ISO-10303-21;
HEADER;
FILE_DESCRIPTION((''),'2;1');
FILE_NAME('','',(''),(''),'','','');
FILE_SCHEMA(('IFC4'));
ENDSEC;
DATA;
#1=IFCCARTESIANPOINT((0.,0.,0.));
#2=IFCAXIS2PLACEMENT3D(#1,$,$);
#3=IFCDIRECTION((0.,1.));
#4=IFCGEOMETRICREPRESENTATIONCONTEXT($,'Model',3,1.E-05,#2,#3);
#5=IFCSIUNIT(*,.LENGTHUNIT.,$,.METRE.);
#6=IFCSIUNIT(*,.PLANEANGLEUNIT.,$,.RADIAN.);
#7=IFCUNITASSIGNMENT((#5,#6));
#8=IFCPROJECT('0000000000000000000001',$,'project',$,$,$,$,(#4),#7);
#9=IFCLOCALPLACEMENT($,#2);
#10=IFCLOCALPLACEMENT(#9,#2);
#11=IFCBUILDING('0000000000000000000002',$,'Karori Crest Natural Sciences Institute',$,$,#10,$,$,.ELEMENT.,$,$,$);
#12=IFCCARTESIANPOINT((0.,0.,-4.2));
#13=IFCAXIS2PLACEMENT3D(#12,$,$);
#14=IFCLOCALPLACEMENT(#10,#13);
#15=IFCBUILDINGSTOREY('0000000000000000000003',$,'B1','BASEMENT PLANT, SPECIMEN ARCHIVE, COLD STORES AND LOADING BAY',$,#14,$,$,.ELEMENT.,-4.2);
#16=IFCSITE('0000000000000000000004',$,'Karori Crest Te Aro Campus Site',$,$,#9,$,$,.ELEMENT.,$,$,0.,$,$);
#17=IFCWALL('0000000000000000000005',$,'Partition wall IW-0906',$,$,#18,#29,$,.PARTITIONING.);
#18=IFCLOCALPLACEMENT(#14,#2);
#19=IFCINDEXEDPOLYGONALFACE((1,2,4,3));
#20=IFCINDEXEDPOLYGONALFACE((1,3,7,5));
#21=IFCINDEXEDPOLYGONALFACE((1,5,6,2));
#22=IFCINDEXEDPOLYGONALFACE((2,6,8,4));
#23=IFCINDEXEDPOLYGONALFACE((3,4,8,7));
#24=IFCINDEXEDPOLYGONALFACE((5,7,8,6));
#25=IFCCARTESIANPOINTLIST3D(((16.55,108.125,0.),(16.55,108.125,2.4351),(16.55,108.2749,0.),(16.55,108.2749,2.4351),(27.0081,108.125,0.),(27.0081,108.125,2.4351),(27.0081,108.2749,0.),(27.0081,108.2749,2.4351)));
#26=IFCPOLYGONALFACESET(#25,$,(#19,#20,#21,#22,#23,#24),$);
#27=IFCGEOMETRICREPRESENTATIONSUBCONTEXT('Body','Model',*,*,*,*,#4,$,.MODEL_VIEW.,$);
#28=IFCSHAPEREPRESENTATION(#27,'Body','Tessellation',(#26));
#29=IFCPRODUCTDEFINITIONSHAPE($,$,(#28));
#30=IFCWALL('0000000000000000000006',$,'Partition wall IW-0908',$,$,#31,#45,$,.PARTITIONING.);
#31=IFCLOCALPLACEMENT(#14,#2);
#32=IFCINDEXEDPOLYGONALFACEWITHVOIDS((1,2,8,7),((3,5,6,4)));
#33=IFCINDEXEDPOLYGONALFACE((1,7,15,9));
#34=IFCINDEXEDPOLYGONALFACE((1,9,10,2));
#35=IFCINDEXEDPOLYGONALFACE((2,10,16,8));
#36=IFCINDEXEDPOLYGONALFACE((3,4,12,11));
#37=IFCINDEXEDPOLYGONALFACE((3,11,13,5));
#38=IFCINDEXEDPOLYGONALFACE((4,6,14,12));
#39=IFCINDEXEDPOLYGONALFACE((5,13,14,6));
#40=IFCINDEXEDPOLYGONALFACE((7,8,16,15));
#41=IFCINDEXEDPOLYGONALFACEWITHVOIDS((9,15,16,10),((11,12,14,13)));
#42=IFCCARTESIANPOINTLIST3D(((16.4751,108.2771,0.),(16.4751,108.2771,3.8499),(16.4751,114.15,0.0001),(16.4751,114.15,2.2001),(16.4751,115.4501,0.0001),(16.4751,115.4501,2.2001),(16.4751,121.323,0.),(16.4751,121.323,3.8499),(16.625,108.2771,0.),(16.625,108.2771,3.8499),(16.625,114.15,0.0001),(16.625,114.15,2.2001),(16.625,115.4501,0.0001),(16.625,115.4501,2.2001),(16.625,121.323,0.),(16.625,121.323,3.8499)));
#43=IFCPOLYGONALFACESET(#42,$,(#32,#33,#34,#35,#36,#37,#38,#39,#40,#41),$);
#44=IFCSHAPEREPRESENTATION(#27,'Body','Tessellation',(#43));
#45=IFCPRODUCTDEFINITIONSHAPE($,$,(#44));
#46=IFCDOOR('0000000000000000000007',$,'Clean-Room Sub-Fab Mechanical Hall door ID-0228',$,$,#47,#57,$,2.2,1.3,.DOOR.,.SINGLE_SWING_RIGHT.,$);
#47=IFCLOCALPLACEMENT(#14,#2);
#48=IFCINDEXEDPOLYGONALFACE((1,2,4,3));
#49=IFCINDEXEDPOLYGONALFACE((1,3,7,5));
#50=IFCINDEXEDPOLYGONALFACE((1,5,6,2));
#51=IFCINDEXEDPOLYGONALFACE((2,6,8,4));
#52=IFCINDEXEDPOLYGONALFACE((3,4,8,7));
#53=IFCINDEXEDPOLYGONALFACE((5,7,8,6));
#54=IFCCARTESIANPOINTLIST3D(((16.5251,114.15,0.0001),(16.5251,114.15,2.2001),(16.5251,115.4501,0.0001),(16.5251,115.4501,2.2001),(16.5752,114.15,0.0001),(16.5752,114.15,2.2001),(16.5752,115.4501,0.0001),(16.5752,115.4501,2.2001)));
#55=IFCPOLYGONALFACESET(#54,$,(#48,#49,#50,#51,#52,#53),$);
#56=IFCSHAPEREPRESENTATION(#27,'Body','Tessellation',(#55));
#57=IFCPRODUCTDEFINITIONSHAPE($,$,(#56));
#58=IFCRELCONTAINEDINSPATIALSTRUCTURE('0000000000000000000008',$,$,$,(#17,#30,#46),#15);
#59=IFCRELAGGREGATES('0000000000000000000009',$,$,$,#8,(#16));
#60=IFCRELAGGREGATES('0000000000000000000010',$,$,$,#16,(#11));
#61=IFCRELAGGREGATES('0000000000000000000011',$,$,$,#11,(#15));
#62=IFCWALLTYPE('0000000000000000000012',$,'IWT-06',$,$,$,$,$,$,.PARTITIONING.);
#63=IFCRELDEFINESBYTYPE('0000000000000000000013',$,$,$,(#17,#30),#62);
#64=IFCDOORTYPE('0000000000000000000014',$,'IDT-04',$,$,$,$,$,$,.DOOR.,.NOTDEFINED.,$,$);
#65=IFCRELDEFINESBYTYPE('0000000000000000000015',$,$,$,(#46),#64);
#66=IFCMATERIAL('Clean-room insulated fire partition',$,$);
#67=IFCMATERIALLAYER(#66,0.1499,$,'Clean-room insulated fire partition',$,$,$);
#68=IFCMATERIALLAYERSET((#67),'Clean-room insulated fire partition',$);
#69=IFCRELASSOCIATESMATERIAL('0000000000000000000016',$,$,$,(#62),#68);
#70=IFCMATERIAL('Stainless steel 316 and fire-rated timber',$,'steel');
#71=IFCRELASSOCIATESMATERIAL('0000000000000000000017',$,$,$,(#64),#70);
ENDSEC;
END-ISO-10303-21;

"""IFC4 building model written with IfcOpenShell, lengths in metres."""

from ifc_helpers import new_model, si_unit, direction, frame, frame_2d, origin, place, context, subcontext, project, spatial, rectangle, extrude, material, layer, layer_set, type_object, element, fill, save


model = new_model("IFC4")

# Units and contexts
model_context = context("Model", 3, precision=1e-05, world=origin(), true_north=direction((0.0, 1.0)))
body_context = subcontext(model_context, "Body", "Model", "MODEL_VIEW")
ifc_project = project(units=[si_unit("LENGTHUNIT", "METRE"), si_unit("PLANEANGLEUNIT", "RADIAN")], contexts=[model_context])

# Site, building, storey
site_placement = place(None, origin())
site = spatial("IfcSite", under=ifc_project, at=site_placement, Name="Karori Crest Te Aro Campus Site", CompositionType="ELEMENT", RefElevation=0.0)
building_placement = place(site_placement, origin())
building = spatial("IfcBuilding", under=site, at=building_placement, Name="Karori Crest Natural Sciences Institute", CompositionType="ELEMENT")
storey_placement = place(building_placement, frame((0.0, 0.0, -4.2)))
storey = spatial("IfcBuildingStorey", under=building, at=storey_placement, Name="B1", Description="BASEMENT PLANT, SPECIMEN ARCHIVE, COLD STORES AND LOADING BAY", CompositionType="ELEMENT", Elevation=-4.2)

# Wall
ifc_material_1 = material(Name="Clean-room insulated fire partition")
ifc_layer_1 = layer(ifc_material_1, 0.1499, Name="Clean-room insulated fire partition")
ifc_layer_set_1 = layer_set([ifc_layer_1], Name="Clean-room insulated fire partition")
wall_type = type_object("IfcWallType", Name="IWT-06", PredefinedType="PARTITIONING", material=ifc_layer_set_1)
wall_1_placement = place(storey_placement, frame((16.55, 108.2, 0.0), z_axis=(0.0, 0.0, 1.0), x_axis=(1.0, 0.0, 0.0)))
element("IfcWall", 1, at=wall_1_placement, inside=storey, type_object=wall_type, Name="Partition wall IW-0906", PredefinedType="PARTITIONING", context=body_context, shape_type="SweptSolid", body=[
    extrude(rectangle(XDim=10.458, YDim=0.1499, at=frame_2d((5.229, 0.0))), origin(), (0.0, 0.0, 1.0), 2.4351),
])

# Wall, opening, door
wall_2_placement = place(storey_placement, frame((16.55, 108.2771, 0.0), z_axis=(0.0, 0.0, 1.0), x_axis=(0.0, 1.0, 0.0)))
wall_2 = element("IfcWall", 2, at=wall_2_placement, inside=storey, type_object=wall_type, Name="Partition wall IW-0908", PredefinedType="PARTITIONING", context=body_context, shape_type="SweptSolid", body=[
    extrude(rectangle(XDim=13.0459, YDim=0.1499, at=frame_2d((6.5229, 0.0))), origin(), (0.0, 0.0, 1.0), 3.8499),
])
opening_placement = place(wall_2_placement, frame((5.873, 0.0, 0.0)))
opening = element("IfcOpeningElement", 3, at=opening_placement, cuts=wall_2, PredefinedType="OPENING", context=body_context, shape_type="SweptSolid", body=[
    extrude(rectangle(XDim=1.3, YDim=2.2, at=frame_2d((0.6499, 1.1001))), frame((0.0, 0.085, 0.0), z_axis=(0.0, -1.0, 0.0), x_axis=(1.0, 0.0, 0.0)), (0.0, 0.0, 1.0), 0.1699),
])
ifc_material_2 = material(Name="Stainless steel 316 and fire-rated timber", Category="steel")
door_type = type_object("IfcDoorType", Name="IDT-04", OperationType="NOTDEFINED", PredefinedType="DOOR", material=ifc_material_2)
door_placement = place(opening_placement, origin())
door = element("IfcDoor", 4, at=door_placement, inside=storey, type_object=door_type, Name="Clean-Room Sub-Fab Mechanical Hall door ID-0228", OperationType="SINGLE_SWING_RIGHT", OverallHeight=2.2, OverallWidth=1.3, PredefinedType="DOOR", context=body_context, shape_type="SweptSolid", body=[
    extrude(rectangle(XDim=1.3, YDim=2.2, at=frame_2d((0.6499, 1.1001))), frame((0.0, 0.0249, 0.0), z_axis=(0.0, -1.0, 0.0), x_axis=(1.0, 0.0, 0.0)), (0.0, 0.0, 1.0), 0.05),
])
fill(opening, door)

save(model, "model.ifc")
